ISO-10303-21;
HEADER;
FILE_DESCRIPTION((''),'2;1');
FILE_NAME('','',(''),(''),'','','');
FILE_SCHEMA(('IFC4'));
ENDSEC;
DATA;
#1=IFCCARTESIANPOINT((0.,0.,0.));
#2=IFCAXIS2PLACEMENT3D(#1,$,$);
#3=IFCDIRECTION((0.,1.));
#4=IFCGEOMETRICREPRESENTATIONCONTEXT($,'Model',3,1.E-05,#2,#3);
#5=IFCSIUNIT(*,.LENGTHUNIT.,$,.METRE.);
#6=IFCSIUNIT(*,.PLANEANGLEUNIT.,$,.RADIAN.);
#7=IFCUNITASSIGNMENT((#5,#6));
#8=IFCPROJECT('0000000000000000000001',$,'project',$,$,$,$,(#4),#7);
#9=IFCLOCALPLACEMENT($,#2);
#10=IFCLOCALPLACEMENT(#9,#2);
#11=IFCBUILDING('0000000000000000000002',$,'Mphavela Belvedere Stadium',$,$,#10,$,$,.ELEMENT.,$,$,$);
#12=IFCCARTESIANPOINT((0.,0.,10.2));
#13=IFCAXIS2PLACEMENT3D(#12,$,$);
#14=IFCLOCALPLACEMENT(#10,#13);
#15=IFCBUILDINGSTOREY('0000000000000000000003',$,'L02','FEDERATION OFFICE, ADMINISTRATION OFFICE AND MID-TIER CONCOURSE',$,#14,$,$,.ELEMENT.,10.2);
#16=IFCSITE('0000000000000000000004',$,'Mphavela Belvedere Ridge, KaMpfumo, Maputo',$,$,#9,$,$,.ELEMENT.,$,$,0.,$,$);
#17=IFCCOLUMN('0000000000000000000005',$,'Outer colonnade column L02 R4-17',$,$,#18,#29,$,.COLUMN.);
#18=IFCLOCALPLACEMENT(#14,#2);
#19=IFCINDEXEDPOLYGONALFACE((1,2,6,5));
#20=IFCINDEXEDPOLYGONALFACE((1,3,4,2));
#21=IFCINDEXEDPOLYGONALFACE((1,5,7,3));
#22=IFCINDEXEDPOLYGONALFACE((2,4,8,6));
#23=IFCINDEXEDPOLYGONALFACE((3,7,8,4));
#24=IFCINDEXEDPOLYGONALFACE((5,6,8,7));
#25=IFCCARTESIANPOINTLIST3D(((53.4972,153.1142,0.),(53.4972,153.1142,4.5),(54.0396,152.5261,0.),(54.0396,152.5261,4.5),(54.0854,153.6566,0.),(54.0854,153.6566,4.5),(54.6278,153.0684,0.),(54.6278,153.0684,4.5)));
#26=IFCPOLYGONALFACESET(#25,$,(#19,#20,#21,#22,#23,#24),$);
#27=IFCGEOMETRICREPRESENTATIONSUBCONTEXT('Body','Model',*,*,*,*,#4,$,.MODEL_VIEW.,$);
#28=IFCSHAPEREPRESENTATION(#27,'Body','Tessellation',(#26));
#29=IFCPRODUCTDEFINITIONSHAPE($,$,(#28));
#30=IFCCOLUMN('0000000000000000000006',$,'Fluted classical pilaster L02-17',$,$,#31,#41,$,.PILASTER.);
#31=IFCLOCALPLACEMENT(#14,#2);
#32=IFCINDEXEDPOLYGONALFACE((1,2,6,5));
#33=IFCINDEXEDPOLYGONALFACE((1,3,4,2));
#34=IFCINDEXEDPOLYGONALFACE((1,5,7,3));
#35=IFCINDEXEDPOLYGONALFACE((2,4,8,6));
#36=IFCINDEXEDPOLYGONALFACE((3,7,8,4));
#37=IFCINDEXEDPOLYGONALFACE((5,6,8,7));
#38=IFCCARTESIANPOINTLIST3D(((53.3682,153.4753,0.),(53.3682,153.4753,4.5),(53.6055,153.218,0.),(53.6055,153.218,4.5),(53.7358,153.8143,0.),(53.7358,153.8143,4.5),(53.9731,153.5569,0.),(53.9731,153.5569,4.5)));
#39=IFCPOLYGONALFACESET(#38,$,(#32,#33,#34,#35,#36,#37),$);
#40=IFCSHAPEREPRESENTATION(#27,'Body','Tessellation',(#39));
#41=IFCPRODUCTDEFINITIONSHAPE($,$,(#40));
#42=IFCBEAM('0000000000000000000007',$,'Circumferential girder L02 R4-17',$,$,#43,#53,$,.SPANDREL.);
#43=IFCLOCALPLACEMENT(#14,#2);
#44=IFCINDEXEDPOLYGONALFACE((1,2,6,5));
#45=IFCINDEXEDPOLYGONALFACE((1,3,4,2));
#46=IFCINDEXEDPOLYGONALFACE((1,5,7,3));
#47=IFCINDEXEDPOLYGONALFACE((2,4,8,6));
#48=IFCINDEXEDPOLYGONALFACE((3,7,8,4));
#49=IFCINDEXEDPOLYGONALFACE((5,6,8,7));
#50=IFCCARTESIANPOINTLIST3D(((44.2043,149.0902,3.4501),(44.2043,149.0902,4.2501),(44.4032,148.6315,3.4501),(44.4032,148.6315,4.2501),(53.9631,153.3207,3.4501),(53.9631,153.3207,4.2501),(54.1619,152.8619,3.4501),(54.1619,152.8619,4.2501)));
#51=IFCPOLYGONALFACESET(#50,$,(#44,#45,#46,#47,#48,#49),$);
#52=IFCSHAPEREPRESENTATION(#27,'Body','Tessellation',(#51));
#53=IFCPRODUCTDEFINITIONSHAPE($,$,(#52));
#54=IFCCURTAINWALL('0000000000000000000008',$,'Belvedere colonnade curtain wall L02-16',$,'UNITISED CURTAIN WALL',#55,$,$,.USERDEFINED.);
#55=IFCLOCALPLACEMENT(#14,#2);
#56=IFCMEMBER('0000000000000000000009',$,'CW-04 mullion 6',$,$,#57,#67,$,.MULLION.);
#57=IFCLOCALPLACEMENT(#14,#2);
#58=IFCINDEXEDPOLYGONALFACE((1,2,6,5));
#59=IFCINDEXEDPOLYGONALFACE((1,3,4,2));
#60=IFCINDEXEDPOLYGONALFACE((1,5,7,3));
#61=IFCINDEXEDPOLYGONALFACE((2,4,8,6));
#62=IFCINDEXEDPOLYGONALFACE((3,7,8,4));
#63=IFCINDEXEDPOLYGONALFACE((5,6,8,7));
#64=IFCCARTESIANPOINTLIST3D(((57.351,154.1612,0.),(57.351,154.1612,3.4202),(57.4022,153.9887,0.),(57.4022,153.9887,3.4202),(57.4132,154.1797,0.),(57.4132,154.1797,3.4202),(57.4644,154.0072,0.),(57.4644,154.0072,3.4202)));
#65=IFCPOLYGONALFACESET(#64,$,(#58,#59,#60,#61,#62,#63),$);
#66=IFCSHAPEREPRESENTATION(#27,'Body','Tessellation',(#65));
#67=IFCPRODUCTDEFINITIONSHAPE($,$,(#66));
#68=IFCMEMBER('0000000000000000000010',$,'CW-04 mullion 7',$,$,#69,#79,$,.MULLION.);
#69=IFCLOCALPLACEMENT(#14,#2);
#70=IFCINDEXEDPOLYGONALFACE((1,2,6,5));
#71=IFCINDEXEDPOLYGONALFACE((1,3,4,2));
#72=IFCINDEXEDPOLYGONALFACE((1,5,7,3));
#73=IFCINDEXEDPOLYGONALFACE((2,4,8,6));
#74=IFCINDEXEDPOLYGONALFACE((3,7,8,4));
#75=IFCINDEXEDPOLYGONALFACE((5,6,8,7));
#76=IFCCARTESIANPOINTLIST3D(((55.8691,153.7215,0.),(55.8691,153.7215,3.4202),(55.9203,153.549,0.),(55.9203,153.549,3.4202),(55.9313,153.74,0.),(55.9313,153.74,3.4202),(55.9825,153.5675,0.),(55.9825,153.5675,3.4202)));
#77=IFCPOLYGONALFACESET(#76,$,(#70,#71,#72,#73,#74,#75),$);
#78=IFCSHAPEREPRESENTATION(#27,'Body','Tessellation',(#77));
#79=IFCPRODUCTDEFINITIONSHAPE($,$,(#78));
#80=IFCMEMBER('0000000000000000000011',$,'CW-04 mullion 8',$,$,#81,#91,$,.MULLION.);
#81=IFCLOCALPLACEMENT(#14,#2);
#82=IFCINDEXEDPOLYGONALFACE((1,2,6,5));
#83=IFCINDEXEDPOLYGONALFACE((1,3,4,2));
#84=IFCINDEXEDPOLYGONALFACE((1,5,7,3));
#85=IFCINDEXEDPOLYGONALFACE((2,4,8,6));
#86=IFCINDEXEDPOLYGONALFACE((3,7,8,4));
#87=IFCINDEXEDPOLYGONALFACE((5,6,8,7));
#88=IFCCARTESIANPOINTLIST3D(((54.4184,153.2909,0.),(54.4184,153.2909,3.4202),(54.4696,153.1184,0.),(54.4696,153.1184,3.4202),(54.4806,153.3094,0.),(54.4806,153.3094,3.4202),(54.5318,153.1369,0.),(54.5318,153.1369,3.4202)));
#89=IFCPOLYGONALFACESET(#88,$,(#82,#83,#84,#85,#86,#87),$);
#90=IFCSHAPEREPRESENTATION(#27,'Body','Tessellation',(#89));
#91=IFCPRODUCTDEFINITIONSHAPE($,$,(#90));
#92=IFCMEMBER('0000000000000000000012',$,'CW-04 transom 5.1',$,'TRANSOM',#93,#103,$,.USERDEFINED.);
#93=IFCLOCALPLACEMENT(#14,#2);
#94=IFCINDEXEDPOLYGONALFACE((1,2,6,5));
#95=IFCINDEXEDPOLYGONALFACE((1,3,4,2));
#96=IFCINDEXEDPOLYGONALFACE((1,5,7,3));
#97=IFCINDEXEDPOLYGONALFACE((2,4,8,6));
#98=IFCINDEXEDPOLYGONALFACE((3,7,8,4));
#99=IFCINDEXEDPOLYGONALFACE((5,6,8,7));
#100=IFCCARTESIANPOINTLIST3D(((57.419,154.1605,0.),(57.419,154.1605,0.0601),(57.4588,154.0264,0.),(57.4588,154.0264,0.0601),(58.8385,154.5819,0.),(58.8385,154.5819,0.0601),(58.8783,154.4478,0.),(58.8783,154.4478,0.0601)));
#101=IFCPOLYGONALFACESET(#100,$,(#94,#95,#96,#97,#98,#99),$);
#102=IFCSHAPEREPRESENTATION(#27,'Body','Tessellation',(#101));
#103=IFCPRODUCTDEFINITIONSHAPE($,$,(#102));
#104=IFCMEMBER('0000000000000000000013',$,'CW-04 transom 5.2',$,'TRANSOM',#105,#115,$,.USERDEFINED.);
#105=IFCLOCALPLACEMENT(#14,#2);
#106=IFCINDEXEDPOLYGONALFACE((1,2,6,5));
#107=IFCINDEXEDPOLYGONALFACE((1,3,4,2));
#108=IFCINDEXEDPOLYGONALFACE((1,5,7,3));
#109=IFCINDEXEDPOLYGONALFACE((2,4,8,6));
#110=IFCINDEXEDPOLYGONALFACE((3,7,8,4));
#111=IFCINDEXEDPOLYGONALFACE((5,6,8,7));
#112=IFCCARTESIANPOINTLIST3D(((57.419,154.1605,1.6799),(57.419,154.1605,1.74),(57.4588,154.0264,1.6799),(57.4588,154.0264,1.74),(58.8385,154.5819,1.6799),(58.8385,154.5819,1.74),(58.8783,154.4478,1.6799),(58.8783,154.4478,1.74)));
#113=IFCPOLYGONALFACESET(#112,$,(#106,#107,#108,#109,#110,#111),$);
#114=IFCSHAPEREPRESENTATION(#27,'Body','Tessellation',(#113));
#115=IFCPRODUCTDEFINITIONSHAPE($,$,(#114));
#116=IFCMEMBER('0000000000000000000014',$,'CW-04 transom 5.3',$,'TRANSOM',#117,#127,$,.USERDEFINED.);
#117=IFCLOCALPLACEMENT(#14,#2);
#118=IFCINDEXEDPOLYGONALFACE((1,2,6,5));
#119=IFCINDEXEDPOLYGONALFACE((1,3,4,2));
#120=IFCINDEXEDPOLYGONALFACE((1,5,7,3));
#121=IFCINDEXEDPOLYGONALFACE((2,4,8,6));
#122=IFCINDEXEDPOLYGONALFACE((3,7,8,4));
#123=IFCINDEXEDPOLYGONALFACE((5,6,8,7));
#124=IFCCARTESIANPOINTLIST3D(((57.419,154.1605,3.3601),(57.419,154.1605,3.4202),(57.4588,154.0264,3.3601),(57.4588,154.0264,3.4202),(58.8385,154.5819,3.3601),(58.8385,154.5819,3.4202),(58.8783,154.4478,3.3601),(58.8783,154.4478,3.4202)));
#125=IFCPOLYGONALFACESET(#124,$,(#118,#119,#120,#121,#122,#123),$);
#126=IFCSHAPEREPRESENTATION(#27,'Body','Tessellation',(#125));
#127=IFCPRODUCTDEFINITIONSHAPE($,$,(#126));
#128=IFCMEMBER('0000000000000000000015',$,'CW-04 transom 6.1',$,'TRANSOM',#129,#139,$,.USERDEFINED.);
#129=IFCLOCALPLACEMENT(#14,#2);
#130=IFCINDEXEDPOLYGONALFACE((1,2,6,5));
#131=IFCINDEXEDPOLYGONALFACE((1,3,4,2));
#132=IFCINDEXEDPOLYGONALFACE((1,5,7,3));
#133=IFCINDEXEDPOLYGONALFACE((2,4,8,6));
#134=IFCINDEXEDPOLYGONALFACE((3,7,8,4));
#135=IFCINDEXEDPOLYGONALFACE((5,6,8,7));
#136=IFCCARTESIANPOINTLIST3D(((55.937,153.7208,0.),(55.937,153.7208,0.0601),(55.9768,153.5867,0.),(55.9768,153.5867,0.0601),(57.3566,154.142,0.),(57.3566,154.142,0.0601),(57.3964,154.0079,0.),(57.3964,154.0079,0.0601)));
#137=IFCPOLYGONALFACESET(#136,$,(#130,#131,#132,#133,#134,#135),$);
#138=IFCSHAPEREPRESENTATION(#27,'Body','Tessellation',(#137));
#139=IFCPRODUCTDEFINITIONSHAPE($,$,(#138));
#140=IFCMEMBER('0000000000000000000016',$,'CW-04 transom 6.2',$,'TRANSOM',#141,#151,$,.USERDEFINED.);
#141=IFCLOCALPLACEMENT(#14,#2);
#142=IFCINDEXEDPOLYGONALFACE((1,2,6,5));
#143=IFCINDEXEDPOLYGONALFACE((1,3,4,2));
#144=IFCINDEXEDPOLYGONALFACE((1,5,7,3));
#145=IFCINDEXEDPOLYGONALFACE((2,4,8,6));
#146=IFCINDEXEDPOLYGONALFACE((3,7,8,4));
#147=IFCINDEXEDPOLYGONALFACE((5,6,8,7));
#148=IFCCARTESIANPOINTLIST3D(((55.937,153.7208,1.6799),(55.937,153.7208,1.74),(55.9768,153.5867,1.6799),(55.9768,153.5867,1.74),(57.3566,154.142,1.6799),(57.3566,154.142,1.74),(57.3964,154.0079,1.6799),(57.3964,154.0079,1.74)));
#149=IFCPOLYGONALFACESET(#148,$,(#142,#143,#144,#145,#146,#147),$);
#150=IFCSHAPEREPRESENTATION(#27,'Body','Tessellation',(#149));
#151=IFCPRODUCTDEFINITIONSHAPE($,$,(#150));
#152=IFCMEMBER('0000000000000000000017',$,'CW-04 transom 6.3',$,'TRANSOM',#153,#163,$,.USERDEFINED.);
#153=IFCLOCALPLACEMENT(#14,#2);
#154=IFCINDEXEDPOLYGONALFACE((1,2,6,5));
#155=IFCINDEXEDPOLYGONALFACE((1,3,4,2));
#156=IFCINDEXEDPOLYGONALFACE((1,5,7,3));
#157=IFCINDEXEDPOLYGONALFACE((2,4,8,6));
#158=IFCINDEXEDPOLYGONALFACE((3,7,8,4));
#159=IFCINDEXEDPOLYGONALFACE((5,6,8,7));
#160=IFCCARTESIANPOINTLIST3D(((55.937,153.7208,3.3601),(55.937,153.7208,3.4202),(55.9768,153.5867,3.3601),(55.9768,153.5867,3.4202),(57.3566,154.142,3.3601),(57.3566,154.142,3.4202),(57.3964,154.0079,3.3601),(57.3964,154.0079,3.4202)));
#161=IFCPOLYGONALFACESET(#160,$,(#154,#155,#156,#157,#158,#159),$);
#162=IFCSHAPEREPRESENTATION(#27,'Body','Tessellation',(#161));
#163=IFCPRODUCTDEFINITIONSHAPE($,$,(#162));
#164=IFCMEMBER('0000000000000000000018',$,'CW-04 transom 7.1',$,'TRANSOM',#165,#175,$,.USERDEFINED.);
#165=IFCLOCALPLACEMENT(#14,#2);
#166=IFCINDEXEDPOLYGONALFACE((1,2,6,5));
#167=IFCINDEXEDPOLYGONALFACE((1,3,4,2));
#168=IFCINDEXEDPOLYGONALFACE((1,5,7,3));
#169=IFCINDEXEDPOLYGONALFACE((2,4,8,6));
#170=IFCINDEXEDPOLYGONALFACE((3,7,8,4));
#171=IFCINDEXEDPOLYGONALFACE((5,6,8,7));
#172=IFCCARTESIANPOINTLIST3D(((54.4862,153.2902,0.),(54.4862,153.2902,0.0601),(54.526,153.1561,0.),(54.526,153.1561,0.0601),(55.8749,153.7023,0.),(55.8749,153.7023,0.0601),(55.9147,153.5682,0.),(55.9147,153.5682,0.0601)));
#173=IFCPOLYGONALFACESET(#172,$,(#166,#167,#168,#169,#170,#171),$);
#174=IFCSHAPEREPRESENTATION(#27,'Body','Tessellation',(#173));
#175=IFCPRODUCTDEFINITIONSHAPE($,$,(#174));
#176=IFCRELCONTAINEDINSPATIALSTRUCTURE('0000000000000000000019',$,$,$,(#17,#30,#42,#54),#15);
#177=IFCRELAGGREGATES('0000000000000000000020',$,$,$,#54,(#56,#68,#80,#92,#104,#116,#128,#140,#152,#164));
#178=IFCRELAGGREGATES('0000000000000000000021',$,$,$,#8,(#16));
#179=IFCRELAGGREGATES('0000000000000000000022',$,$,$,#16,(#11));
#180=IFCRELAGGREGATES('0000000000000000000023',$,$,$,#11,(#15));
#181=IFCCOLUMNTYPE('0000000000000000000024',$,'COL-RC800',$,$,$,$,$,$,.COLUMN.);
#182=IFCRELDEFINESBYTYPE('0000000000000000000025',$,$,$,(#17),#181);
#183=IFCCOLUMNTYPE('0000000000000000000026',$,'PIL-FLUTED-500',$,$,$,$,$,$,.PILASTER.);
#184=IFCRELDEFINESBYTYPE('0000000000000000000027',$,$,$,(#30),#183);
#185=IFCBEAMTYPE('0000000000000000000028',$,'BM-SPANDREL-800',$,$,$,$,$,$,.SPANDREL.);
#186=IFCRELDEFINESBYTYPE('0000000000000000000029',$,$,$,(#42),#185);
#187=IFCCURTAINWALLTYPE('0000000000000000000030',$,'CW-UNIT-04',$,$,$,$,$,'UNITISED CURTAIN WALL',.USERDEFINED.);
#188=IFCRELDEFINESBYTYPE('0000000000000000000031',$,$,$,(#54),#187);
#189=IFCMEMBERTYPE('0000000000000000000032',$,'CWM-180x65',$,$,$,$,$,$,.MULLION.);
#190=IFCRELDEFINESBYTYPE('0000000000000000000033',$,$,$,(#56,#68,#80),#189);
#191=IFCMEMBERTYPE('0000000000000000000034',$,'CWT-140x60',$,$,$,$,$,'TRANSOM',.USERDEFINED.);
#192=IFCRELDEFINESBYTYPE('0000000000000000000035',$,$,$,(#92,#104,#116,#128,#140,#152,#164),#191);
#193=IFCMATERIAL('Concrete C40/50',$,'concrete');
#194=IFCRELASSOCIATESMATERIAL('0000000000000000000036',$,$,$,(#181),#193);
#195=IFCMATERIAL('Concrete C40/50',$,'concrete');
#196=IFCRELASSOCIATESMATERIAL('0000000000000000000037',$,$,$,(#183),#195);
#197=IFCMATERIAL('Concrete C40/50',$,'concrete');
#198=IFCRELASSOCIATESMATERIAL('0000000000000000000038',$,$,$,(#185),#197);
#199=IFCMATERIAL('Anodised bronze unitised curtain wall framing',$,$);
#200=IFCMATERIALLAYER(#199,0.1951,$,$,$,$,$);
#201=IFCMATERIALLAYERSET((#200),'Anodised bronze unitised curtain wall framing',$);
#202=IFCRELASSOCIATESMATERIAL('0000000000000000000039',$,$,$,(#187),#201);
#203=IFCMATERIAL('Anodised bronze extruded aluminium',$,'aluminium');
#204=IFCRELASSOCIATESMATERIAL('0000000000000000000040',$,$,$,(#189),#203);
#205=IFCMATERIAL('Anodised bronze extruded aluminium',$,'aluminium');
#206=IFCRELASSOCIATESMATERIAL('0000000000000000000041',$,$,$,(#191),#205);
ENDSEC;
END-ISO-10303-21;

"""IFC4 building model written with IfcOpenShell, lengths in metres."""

from ifc_helpers import new_model, si_unit, direction, frame, origin, origin_2d, place, context, subcontext, project, spatial, rectangle, extrude, material, layer, layer_set, material_profile, profile_set, type_object, element, aggregate, save


model = new_model("IFC4")

# Units and contexts
model_context = context("Model", 3, precision=1e-05, world=origin(), true_north=direction((0.0, 1.0)))
body_context = subcontext(model_context, "Body", "Model", "MODEL_VIEW")
ifc_project = project(units=[si_unit("LENGTHUNIT", "METRE"), si_unit("PLANEANGLEUNIT", "RADIAN")], contexts=[model_context])

# Site, building, storey
site_placement = place(None, origin())
site = spatial("IfcSite", under=ifc_project, at=site_placement, Name="Mphavela Belvedere Ridge, KaMpfumo, Maputo", CompositionType="ELEMENT", RefElevation=0.0)
building_placement = place(site_placement, origin())
building = spatial("IfcBuilding", under=site, at=building_placement, Name="Mphavela Belvedere Stadium", CompositionType="ELEMENT")
storey_placement = place(building_placement, frame((0.0, 0.0, 10.2)))
storey = spatial("IfcBuildingStorey", under=building, at=storey_placement, Name="L02", Description="FEDERATION OFFICE, ADMINISTRATION OFFICE AND MID-TIER CONCOURSE", CompositionType="ELEMENT", Elevation=10.2)

# Columns
ifc_material_1 = material(Name="Concrete C40/50", Category="concrete")
ifc_material_profile_1 = material_profile(ifc_material_1, rectangle(XDim=0.8, YDim=0.8, at=origin_2d()), Name="RC 800x800")
ifc_profile_set_1 = profile_set([ifc_material_profile_1], Name="Concrete C40/50")
column_type_1 = type_object("IfcColumnType", Name="COL-RC800", PredefinedType="COLUMN", material=ifc_profile_set_1)
column_1_placement = place(storey_placement, frame((54.0625, 153.0913, 0.0), z_axis=(0.0, 0.0, 1.0), x_axis=(-0.677903, 0.735151, 0.0)))
element("IfcColumn", 1, at=column_1_placement, inside=storey, type_object=column_type_1, Name="Outer colonnade column L02 R4-17", PredefinedType="COLUMN", context=body_context, shape_type="SweptSolid", body=[
    extrude(rectangle(XDim=0.8, YDim=0.8, at=origin_2d()), origin(), (0.0, 0.0, 1.0), 4.5),
])
ifc_material_2 = material(Name="Concrete C40/50", Category="concrete")
ifc_material_profile_2 = material_profile(ifc_material_2, rectangle(XDim=0.5, YDim=0.3501, at=origin_2d()), Name="PIL 500x350")
ifc_profile_set_2 = profile_set([ifc_material_profile_2], Name="Concrete C40/50")
column_type_2 = type_object("IfcColumnType", Name="PIL-FLUTED-500", PredefinedType="PILASTER", material=ifc_profile_set_2)
column_2_placement = place(storey_placement, frame((53.6707, 153.5161, 0.0), z_axis=(0.0, 0.0, 1.0), x_axis=(-0.735151, -0.677903, 0.0)))
element("IfcColumn", 2, at=column_2_placement, inside=storey, type_object=column_type_2, Name="Fluted classical pilaster L02-17", PredefinedType="PILASTER", context=body_context, shape_type="SweptSolid", body=[
    extrude(rectangle(XDim=0.5, YDim=0.3501, at=origin_2d()), origin(), (0.0, 0.0, 1.0), 4.5),
])

# Beam
ifc_material_3 = material(Name="Concrete C40/50", Category="concrete")
ifc_material_profile_3 = material_profile(ifc_material_3, rectangle(XDim=0.5, YDim=0.8, at=origin_2d()), Name="RC 500x800")
ifc_profile_set_3 = profile_set([ifc_material_profile_3], Name="Concrete C40/50")
beam_type = type_object("IfcBeamType", Name="BM-SPANDREL-800", PredefinedType="SPANDREL", material=ifc_profile_set_3)
beam_placement = place(storey_placement, frame((54.0625, 153.0913, 3.8501), z_axis=(-0.917499, -0.397739, 0.0), x_axis=(0.397739, -0.917499, 0.0)))
element("IfcBeam", 3, at=beam_placement, inside=storey, type_object=beam_type, Name="Circumferential girder L02 R4-17", PredefinedType="SPANDREL", context=body_context, shape_type="SweptSolid", body=[
    extrude(rectangle(XDim=0.5, YDim=0.8, at=origin_2d()), origin(), (0.0, 0.0, 1.0), 10.6362),
])

# Curtain wall, members
ifc_material_4 = material(Name="Anodised bronze unitised curtain wall framing")
ifc_layer_1 = layer(ifc_material_4, 0.1951)
ifc_layer_set_1 = layer_set([ifc_layer_1], Name="Anodised bronze unitised curtain wall framing")
curtain_wall_type = type_object("IfcCurtainWallType", Name="CW-UNIT-04", ElementType="UNITISED CURTAIN WALL", PredefinedType="USERDEFINED", material=ifc_layer_set_1)
curtain_wall_placement = place(storey_placement, origin())
curtain_wall = element("IfcCurtainWall", 4, at=curtain_wall_placement, inside=storey, type_object=curtain_wall_type, Name="Belvedere colonnade curtain wall L02-16", ObjectType="UNITISED CURTAIN WALL", PredefinedType="USERDEFINED")
ifc_material_5 = material(Name="Anodised bronze extruded aluminium", Category="aluminium")
ifc_material_profile_4 = material_profile(ifc_material_5, rectangle(XDim=0.1799, YDim=0.0649, at=origin_2d()), Name="CW-MUL 180x65")
ifc_profile_set_4 = profile_set([ifc_material_profile_4], Name="Anodised bronze extruded aluminium")
member_type_1 = type_object("IfcMemberType", Name="CWM-180x65", PredefinedType="MULLION", material=ifc_profile_set_4)
member_1_placement = place(storey_placement, frame((57.4077, 154.0842, 0.0), z_axis=(0.0, 0.0, 1.0), x_axis=(0.284547, -0.958662, 0.0)))
member_1 = element("IfcMember", 5, at=member_1_placement, type_object=member_type_1, Name="CW-04 mullion 6", PredefinedType="MULLION", context=body_context, shape_type="SweptSolid", body=[
    extrude(rectangle(XDim=0.1799, YDim=0.0649, at=origin_2d()), origin(), (0.0, 0.0, 1.0), 3.4202),
])
member_2_placement = place(storey_placement, frame((55.9258, 153.6445, 0.0), z_axis=(0.0, 0.0, 1.0), x_axis=(0.284547, -0.958662, 0.0)))
member_2 = element("IfcMember", 6, at=member_2_placement, type_object=member_type_1, Name="CW-04 mullion 7", PredefinedType="MULLION", context=body_context, shape_type="SweptSolid", body=[
    extrude(rectangle(XDim=0.1799, YDim=0.0649, at=origin_2d()), origin(), (0.0, 0.0, 1.0), 3.4202),
])
member_3_placement = place(storey_placement, frame((54.4751, 153.2139, 0.0), z_axis=(0.0, 0.0, 1.0), x_axis=(0.284547, -0.958662, 0.0)))
member_3 = element("IfcMember", 7, at=member_3_placement, type_object=member_type_1, Name="CW-04 mullion 8", PredefinedType="MULLION", context=body_context, shape_type="SweptSolid", body=[
    extrude(rectangle(XDim=0.1799, YDim=0.0649, at=origin_2d()), origin(), (0.0, 0.0, 1.0), 3.4202),
])
ifc_material_6 = material(Name="Anodised bronze extruded aluminium", Category="aluminium")
ifc_material_profile_5 = material_profile(ifc_material_6, rectangle(XDim=0.1399, YDim=0.0601, at=origin_2d()), Name="CW-TRN 140x60")
ifc_profile_set_5 = profile_set([ifc_material_profile_5], Name="Anodised bronze extruded aluminium")
member_type_2 = type_object("IfcMemberType", Name="CWT-140x60", ElementType="TRANSOM", PredefinedType="USERDEFINED", material=ifc_profile_set_5)
member_4_placement = place(storey_placement, frame((58.8584, 154.5149, 0.03), z_axis=(-0.958648, -0.284594, 0.0), x_axis=(0.284594, -0.958648, 0.0)))
member_4 = element("IfcMember", 8, at=member_4_placement, type_object=member_type_2, Name="CW-04 transom 5.1", ObjectType="TRANSOM", PredefinedType="USERDEFINED", context=body_context, shape_type="SweptSolid", body=[
    extrude(rectangle(XDim=0.1399, YDim=0.0601, at=origin_2d()), origin(), (0.0, 0.0, 1.0), 1.4807),
])
member_5_placement = place(storey_placement, frame((58.8584, 154.5149, 1.71), z_axis=(-0.958648, -0.284594, 0.0), x_axis=(0.284594, -0.958648, 0.0)))
member_5 = element("IfcMember", 9, at=member_5_placement, type_object=member_type_2, Name="CW-04 transom 5.2", ObjectType="TRANSOM", PredefinedType="USERDEFINED", context=body_context, shape_type="SweptSolid", body=[
    extrude(rectangle(XDim=0.1399, YDim=0.0601, at=origin_2d()), origin(), (0.0, 0.0, 1.0), 1.4807),
])
member_6_placement = place(storey_placement, frame((58.8584, 154.5149, 3.3901), z_axis=(-0.958648, -0.284594, 0.0), x_axis=(0.284594, -0.958648, 0.0)))
member_6 = element("IfcMember", 10, at=member_6_placement, type_object=member_type_2, Name="CW-04 transom 5.3", ObjectType="TRANSOM", PredefinedType="USERDEFINED", context=body_context, shape_type="SweptSolid", body=[
    extrude(rectangle(XDim=0.1399, YDim=0.0601, at=origin_2d()), origin(), (0.0, 0.0, 1.0), 1.4807),
])
member_7_placement = place(storey_placement, frame((57.3765, 154.075, 0.03), z_axis=(-0.958693, -0.284442, 0.0), x_axis=(0.284442, -0.958693, 0.0)))
member_7 = element("IfcMember", 11, at=member_7_placement, type_object=member_type_2, Name="CW-04 transom 6.1", ObjectType="TRANSOM", PredefinedType="USERDEFINED", context=body_context, shape_type="SweptSolid", body=[
    extrude(rectangle(XDim=0.1399, YDim=0.0601, at=origin_2d()), origin(), (0.0, 0.0, 1.0), 1.4807),
])
member_8_placement = place(storey_placement, frame((57.3765, 154.075, 1.71), z_axis=(-0.958693, -0.284442, 0.0), x_axis=(0.284442, -0.958693, 0.0)))
member_8 = element("IfcMember", 12, at=member_8_placement, type_object=member_type_2, Name="CW-04 transom 6.2", ObjectType="TRANSOM", PredefinedType="USERDEFINED", context=body_context, shape_type="SweptSolid", body=[
    extrude(rectangle(XDim=0.1399, YDim=0.0601, at=origin_2d()), origin(), (0.0, 0.0, 1.0), 1.4807),
])
member_9_placement = place(storey_placement, frame((57.3765, 154.075, 3.3901), z_axis=(-0.958693, -0.284442, 0.0), x_axis=(0.284442, -0.958693, 0.0)))
member_9 = element("IfcMember", 13, at=member_9_placement, type_object=member_type_2, Name="CW-04 transom 6.3", ObjectType="TRANSOM", PredefinedType="USERDEFINED", context=body_context, shape_type="SweptSolid", body=[
    extrude(rectangle(XDim=0.1399, YDim=0.0601, at=origin_2d()), origin(), (0.0, 0.0, 1.0), 1.4807),
])
member_10_placement = place(storey_placement, frame((55.8948, 153.6353, 0.03), z_axis=(-0.958676, -0.284501, 0.0), x_axis=(0.284501, -0.958676, 0.0)))
member_10 = element("IfcMember", 14, at=member_10_placement, type_object=member_type_2, Name="CW-04 transom 7.1", ObjectType="TRANSOM", PredefinedType="USERDEFINED", context=body_context, shape_type="SweptSolid", body=[
    extrude(rectangle(XDim=0.1399, YDim=0.0601, at=origin_2d()), origin(), (0.0, 0.0, 1.0), 1.4485),
])
aggregate(curtain_wall, [member_1, member_2, member_3, member_4, member_5, member_6, member_7, member_8, member_9, member_10])

save(model, "model.ifc")
